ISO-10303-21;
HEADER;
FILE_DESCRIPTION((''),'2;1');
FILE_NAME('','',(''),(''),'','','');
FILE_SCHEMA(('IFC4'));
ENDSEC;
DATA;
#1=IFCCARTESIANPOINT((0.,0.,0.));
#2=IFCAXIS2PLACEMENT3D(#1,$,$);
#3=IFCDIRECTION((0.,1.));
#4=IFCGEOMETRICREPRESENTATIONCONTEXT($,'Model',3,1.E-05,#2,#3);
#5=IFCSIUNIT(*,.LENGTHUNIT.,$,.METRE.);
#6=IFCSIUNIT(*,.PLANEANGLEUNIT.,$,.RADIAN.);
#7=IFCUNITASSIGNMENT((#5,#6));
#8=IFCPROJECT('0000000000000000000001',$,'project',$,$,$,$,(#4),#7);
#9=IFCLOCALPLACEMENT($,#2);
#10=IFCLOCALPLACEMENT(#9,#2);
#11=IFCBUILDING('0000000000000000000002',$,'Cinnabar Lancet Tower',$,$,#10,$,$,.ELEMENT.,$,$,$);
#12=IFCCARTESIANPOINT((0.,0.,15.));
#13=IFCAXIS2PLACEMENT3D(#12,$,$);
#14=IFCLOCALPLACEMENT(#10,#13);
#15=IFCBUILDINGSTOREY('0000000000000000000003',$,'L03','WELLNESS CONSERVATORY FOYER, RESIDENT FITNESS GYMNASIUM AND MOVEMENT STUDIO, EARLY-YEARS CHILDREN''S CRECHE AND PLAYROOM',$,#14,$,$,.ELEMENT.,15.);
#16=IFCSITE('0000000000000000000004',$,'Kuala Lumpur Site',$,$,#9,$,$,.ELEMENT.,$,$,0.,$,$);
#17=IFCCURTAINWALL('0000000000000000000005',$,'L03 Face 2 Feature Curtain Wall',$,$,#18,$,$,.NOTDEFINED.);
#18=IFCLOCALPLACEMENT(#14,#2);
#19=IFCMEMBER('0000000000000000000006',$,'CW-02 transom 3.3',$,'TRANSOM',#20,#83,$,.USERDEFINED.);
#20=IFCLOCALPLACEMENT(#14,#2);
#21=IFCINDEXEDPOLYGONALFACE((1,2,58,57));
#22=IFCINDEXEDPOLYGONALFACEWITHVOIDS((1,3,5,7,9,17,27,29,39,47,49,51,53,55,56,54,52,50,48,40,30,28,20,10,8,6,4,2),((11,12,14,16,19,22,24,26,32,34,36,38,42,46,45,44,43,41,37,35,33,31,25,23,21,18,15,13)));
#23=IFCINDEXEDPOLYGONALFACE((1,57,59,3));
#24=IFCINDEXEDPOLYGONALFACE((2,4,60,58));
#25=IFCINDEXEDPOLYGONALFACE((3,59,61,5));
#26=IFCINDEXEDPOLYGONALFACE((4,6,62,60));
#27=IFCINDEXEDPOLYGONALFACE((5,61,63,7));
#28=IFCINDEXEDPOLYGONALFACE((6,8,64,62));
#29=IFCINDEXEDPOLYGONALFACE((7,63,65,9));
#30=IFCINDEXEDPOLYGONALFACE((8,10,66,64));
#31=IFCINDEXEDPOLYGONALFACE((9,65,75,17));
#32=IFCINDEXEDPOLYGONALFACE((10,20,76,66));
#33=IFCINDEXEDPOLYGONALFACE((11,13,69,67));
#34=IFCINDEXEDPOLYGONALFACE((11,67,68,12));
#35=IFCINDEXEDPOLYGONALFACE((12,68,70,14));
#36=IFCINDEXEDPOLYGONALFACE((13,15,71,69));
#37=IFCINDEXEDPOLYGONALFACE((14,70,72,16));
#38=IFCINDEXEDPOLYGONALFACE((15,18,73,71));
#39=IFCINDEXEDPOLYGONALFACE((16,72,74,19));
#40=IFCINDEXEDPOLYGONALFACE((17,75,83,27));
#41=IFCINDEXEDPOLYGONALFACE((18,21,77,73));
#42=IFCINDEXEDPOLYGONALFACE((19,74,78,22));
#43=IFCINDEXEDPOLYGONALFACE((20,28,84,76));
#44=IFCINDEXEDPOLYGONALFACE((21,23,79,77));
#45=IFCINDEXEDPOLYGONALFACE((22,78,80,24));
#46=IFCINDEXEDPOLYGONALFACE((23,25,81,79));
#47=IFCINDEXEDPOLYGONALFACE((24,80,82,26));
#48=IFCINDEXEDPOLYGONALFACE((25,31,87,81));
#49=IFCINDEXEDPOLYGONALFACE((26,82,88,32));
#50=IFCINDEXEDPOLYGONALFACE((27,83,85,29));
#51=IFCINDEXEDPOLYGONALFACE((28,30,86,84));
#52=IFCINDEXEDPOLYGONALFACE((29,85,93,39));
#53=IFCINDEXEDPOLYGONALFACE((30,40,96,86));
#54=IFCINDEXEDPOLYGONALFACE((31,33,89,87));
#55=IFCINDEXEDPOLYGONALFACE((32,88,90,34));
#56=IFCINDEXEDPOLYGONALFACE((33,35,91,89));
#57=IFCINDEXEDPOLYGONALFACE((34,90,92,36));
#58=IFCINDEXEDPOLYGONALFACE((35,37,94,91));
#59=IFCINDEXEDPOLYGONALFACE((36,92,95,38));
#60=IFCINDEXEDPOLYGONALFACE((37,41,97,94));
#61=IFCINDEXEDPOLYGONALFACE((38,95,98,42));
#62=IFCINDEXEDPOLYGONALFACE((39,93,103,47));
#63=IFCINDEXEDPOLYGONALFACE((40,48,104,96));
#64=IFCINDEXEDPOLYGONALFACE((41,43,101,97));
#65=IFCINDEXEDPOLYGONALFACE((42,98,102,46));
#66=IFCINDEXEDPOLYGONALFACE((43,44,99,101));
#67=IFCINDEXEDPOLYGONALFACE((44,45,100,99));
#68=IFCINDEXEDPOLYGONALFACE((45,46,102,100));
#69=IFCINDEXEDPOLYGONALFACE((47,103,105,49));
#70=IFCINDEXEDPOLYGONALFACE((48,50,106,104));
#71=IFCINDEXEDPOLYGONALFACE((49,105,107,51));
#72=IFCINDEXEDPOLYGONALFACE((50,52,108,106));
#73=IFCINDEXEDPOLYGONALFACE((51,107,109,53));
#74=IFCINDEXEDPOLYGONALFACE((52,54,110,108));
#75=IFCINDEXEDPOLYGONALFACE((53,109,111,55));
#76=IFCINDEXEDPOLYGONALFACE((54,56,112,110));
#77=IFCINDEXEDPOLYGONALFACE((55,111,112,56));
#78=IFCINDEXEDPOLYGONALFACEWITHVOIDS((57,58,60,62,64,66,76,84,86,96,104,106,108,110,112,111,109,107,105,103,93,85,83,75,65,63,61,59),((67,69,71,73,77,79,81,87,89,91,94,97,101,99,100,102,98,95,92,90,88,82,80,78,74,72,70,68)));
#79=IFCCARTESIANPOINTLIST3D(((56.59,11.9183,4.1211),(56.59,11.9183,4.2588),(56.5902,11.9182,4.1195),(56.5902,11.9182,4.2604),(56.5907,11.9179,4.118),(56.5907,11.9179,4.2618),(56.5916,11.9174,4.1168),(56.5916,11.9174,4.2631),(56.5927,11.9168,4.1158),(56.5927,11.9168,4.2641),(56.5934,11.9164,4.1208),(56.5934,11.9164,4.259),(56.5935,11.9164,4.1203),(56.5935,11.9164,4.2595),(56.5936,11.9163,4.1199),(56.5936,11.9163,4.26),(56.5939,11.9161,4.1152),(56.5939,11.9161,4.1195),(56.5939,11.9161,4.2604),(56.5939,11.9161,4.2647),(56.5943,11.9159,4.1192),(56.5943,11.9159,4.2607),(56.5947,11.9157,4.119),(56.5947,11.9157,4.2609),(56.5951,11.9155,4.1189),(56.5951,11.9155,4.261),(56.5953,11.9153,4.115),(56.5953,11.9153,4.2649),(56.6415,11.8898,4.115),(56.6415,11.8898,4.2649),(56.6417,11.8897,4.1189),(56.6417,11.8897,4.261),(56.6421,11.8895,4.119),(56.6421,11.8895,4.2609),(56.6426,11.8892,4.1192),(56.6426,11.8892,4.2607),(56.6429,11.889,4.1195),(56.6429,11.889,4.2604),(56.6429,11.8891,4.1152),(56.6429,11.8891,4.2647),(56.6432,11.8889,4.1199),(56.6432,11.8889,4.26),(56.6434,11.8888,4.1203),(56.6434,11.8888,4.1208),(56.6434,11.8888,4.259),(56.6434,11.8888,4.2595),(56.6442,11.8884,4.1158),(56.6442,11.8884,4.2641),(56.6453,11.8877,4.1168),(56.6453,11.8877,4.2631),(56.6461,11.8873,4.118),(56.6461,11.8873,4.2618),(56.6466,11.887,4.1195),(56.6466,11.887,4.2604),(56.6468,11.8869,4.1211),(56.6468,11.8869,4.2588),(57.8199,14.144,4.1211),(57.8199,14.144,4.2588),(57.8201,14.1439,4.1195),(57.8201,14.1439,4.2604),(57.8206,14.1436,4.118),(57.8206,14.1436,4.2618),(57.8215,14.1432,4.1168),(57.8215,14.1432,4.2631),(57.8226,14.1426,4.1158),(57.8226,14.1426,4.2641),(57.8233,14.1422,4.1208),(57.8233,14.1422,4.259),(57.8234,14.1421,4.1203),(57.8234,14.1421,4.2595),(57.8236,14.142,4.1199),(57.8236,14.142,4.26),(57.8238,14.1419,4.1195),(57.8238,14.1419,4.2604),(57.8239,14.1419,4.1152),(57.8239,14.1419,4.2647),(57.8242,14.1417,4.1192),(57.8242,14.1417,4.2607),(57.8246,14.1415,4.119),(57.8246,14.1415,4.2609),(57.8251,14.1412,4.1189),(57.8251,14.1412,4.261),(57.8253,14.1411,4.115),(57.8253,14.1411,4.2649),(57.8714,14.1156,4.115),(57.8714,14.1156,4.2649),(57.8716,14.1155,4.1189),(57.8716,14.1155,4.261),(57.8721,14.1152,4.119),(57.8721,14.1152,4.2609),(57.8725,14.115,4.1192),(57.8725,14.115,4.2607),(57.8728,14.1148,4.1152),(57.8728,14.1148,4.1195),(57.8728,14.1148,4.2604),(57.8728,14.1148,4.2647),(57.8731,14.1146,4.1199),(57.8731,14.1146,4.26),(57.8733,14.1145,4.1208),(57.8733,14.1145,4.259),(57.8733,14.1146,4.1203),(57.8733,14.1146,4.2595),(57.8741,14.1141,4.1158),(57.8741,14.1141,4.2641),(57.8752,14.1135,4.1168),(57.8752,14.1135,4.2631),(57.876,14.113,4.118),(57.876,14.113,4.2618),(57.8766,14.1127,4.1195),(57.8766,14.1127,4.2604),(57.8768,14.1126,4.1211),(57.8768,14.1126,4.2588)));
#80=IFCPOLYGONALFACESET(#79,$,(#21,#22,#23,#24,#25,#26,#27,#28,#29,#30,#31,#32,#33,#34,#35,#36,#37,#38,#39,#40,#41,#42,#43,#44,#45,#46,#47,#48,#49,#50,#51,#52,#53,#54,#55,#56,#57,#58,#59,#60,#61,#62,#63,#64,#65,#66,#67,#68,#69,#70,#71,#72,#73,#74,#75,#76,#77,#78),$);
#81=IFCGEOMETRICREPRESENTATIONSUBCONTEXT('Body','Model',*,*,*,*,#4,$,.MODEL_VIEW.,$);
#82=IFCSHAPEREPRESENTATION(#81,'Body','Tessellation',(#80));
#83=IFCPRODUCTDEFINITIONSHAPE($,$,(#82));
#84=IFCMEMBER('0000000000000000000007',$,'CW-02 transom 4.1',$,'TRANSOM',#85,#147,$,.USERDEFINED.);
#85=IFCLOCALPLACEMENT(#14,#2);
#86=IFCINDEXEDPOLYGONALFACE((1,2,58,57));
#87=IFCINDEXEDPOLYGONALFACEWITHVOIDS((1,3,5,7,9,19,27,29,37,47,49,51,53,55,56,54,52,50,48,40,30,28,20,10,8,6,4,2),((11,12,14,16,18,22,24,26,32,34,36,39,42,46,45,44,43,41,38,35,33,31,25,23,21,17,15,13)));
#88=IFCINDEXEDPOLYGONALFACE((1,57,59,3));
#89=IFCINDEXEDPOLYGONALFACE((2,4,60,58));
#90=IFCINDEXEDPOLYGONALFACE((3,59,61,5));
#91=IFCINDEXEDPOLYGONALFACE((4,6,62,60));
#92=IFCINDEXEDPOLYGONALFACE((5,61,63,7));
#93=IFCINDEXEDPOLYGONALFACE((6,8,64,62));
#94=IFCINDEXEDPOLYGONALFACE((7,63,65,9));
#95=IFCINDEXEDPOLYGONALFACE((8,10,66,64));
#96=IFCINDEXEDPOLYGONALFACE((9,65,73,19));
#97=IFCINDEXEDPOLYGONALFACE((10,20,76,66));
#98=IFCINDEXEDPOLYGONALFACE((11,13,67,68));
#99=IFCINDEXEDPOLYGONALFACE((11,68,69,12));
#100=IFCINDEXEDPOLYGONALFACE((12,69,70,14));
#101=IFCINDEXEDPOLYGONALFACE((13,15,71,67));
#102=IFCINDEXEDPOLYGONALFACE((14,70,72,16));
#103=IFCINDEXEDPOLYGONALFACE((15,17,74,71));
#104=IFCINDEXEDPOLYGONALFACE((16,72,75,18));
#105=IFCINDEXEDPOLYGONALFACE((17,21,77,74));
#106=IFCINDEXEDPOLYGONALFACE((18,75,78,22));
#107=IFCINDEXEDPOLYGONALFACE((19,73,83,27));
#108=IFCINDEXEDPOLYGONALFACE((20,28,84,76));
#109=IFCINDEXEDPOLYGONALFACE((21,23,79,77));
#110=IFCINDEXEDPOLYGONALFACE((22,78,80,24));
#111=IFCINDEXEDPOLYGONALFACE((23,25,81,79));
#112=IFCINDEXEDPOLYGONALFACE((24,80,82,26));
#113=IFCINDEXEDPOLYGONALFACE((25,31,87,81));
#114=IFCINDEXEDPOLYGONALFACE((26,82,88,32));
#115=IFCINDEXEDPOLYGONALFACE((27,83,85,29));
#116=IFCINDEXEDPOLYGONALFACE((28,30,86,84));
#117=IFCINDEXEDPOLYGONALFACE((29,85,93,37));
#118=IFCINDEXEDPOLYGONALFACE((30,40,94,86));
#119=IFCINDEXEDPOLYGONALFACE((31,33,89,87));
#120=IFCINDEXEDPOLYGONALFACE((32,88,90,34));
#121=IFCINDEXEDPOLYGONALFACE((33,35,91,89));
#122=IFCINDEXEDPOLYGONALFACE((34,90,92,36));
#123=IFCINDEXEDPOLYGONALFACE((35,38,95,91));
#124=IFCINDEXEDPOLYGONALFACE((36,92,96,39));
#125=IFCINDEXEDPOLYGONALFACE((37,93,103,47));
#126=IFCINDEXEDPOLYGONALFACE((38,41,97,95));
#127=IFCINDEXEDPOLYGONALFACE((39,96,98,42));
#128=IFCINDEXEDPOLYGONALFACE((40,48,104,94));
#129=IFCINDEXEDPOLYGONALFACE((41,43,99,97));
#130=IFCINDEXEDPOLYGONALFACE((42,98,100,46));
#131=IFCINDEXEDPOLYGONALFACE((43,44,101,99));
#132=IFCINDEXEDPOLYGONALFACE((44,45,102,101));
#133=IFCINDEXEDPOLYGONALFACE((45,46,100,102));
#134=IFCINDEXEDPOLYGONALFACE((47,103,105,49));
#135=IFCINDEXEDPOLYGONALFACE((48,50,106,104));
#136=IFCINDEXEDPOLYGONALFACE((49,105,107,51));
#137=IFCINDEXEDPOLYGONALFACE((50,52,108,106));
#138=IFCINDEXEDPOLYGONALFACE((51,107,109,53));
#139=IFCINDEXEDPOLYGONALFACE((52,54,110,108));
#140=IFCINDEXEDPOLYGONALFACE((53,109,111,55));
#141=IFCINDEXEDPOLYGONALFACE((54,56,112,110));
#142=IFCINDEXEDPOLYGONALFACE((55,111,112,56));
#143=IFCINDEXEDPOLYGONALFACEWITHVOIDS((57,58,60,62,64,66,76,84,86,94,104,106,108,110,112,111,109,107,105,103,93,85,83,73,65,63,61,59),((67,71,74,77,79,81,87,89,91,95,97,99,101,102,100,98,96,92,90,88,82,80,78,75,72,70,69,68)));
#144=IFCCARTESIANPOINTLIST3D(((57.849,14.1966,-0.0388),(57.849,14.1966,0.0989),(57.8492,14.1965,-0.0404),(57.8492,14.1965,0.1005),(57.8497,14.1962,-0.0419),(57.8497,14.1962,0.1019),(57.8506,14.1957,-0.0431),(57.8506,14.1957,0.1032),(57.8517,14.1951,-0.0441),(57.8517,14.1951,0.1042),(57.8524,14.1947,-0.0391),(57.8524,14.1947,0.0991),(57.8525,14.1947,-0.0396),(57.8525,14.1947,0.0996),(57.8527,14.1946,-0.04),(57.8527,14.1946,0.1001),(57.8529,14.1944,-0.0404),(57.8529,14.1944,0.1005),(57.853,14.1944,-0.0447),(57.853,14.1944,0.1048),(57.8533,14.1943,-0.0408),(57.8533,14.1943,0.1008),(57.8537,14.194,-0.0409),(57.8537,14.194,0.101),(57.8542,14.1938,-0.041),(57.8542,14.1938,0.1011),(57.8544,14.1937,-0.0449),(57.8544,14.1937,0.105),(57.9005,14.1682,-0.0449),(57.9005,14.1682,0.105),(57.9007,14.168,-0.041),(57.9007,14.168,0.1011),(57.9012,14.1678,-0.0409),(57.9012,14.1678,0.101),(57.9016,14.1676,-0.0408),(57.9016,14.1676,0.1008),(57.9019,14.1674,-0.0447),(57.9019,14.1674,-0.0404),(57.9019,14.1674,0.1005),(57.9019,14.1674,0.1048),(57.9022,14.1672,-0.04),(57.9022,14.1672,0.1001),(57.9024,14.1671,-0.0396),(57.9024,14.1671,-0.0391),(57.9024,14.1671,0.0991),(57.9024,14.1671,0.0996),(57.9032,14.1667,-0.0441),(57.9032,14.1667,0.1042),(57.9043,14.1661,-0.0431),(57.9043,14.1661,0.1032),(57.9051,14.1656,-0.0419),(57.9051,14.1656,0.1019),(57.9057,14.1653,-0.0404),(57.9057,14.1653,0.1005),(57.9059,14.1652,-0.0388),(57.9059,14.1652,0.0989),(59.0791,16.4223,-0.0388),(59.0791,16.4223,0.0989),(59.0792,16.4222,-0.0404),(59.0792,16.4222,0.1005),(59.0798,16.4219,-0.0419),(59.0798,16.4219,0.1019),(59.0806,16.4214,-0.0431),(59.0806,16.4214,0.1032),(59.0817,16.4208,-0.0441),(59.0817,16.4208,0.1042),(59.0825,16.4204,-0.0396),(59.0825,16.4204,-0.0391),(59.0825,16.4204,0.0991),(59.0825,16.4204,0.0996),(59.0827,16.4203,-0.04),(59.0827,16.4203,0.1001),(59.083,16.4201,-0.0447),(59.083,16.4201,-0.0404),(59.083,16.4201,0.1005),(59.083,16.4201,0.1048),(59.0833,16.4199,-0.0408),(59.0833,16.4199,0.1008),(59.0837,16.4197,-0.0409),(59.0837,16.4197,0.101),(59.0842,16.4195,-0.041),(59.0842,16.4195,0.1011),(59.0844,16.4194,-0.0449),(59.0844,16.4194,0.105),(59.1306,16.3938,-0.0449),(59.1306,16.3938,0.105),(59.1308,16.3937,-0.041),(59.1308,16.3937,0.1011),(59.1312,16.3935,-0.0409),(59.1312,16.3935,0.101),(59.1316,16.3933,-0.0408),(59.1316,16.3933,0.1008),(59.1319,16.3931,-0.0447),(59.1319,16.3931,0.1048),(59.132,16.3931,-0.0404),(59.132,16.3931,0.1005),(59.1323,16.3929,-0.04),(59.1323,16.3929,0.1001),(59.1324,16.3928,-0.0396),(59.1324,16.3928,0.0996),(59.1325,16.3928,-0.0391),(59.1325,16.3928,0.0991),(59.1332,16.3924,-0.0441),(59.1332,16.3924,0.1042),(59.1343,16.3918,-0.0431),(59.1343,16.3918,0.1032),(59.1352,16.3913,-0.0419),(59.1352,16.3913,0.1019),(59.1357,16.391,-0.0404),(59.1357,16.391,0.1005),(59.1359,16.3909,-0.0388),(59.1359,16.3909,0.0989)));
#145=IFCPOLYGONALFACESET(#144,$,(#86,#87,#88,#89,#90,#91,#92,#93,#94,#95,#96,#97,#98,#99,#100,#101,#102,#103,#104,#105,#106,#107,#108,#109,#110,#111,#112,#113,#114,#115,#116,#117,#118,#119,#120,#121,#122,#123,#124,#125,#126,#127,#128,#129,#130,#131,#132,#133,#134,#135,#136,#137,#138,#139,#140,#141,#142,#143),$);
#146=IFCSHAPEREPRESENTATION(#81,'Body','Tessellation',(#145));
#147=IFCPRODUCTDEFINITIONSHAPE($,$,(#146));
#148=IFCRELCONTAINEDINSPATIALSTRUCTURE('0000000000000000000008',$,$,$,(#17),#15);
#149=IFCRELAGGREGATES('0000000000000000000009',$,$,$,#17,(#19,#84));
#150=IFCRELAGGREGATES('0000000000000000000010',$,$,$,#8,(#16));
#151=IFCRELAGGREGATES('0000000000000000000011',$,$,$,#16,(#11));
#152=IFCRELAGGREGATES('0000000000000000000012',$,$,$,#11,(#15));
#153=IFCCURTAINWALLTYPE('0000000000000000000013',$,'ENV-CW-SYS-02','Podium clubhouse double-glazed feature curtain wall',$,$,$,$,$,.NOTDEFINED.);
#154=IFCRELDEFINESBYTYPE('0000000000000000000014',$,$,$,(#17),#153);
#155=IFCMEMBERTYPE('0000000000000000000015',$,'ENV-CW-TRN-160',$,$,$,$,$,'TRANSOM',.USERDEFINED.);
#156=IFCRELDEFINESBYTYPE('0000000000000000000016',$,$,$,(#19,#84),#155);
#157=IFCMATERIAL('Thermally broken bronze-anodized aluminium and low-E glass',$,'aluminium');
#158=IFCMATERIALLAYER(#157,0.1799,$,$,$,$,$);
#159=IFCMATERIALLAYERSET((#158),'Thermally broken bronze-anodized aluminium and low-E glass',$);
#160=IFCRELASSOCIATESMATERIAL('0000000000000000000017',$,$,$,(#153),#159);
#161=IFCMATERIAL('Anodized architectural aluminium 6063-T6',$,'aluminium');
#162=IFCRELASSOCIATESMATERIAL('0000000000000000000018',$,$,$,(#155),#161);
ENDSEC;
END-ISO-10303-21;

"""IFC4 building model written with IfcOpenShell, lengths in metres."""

from ifc_helpers import new_model, si_unit, direction, frame, origin, origin_2d, place, context, subcontext, project, spatial, hollow_rectangle, extrude, material, layer, layer_set, material_profile, profile_set, type_object, element, aggregate, save


model = new_model("IFC4")

# Units and contexts
model_context = context("Model", 3, precision=1e-05, world=origin(), true_north=direction((0.0, 1.0)))
body_context = subcontext(model_context, "Body", "Model", "MODEL_VIEW")
ifc_project = project(units=[si_unit("LENGTHUNIT", "METRE"), si_unit("PLANEANGLEUNIT", "RADIAN")], contexts=[model_context])

# Site, building, storey
site_placement = place(None, origin())
site = spatial("IfcSite", under=ifc_project, at=site_placement, Name="Kuala Lumpur Site", CompositionType="ELEMENT", RefElevation=0.0)
building_placement = place(site_placement, origin())
building = spatial("IfcBuilding", under=site, at=building_placement, Name="Cinnabar Lancet Tower", CompositionType="ELEMENT")
storey_placement = place(building_placement, frame((0.0, 0.0, 15.0)))
storey = spatial("IfcBuildingStorey", under=building, at=storey_placement, Name="L03", Description="WELLNESS CONSERVATORY FOYER, RESIDENT FITNESS GYMNASIUM AND MOVEMENT STUDIO, EARLY-YEARS CHILDREN'S CRECHE AND PLAYROOM", CompositionType="ELEMENT", Elevation=15.0)

# Curtain wall, members
ifc_material_1 = material(Name="Thermally broken bronze-anodized aluminium and low-E glass", Category="aluminium")
ifc_layer_1 = layer(ifc_material_1, 0.1799)
ifc_layer_set_1 = layer_set([ifc_layer_1], Name="Thermally broken bronze-anodized aluminium and low-E glass")
curtain_wall_type = type_object("IfcCurtainWallType", Name="ENV-CW-SYS-02", Description="Podium clubhouse double-glazed feature curtain wall", PredefinedType="NOTDEFINED", material=ifc_layer_set_1)
curtain_wall_placement = place(storey_placement, origin())
curtain_wall = element("IfcCurtainWall", 1, at=curtain_wall_placement, inside=storey, type_object=curtain_wall_type, Name="L03 Face 2 Feature Curtain Wall", PredefinedType="NOTDEFINED")
ifc_material_2 = material(Name="Anodized architectural aluminium 6063-T6", Category="aluminium")
ifc_material_profile_1 = material_profile(ifc_material_2, hollow_rectangle(XDim=0.0649, YDim=0.1499, WallThickness=0.0039, InnerFilletRadius=0.002, OuterFilletRadius=0.0061, at=origin_2d()), Name="CW-TRN 150x65x4")
ifc_profile_set_1 = profile_set([ifc_material_profile_1], Name="Anodized architectural aluminium 6063-T6")
member_type_1 = type_object("IfcMemberType", Name="ENV-CW-TRN-160", ElementType="TRANSOM", PredefinedType="USERDEFINED", material=ifc_profile_set_1)
member_1_placement = place(storey_placement, frame((56.6184, 11.9026, 4.1899), z_axis=(0.483661, 0.875255, 0.0), x_axis=(-0.875255, 0.483661, 0.0)))
member_1 = element("IfcMember", 2, at=member_1_placement, type_object=member_type_1, Name="CW-02 transom 3.3", ObjectType="TRANSOM", PredefinedType="USERDEFINED", context=body_context, shape_type="SweptSolid", body=[
    extrude(hollow_rectangle(XDim=0.0649, YDim=0.1499, WallThickness=0.0039, InnerFilletRadius=0.002, OuterFilletRadius=0.0061, at=origin_2d()), origin(), (0.0, 0.0, 1.0), 2.543),
])
member_2_placement = place(storey_placement, frame((57.8774, 14.1809, 0.03), z_axis=(0.483702, 0.875233, 0.0), x_axis=(-0.875233, 0.483702, 0.0)))
member_2 = element("IfcMember", 3, at=member_2_placement, type_object=member_type_1, Name="CW-02 transom 4.1", ObjectType="TRANSOM", PredefinedType="USERDEFINED", context=body_context, shape_type="SweptSolid", body=[
    extrude(hollow_rectangle(XDim=0.0649, YDim=0.1499, WallThickness=0.0039, InnerFilletRadius=0.002, OuterFilletRadius=0.0061, at=origin_2d()), origin(), (0.0, 0.0, 1.0), 2.543),
])
aggregate(curtain_wall, [member_1, member_2])

save(model, "model.ifc")
